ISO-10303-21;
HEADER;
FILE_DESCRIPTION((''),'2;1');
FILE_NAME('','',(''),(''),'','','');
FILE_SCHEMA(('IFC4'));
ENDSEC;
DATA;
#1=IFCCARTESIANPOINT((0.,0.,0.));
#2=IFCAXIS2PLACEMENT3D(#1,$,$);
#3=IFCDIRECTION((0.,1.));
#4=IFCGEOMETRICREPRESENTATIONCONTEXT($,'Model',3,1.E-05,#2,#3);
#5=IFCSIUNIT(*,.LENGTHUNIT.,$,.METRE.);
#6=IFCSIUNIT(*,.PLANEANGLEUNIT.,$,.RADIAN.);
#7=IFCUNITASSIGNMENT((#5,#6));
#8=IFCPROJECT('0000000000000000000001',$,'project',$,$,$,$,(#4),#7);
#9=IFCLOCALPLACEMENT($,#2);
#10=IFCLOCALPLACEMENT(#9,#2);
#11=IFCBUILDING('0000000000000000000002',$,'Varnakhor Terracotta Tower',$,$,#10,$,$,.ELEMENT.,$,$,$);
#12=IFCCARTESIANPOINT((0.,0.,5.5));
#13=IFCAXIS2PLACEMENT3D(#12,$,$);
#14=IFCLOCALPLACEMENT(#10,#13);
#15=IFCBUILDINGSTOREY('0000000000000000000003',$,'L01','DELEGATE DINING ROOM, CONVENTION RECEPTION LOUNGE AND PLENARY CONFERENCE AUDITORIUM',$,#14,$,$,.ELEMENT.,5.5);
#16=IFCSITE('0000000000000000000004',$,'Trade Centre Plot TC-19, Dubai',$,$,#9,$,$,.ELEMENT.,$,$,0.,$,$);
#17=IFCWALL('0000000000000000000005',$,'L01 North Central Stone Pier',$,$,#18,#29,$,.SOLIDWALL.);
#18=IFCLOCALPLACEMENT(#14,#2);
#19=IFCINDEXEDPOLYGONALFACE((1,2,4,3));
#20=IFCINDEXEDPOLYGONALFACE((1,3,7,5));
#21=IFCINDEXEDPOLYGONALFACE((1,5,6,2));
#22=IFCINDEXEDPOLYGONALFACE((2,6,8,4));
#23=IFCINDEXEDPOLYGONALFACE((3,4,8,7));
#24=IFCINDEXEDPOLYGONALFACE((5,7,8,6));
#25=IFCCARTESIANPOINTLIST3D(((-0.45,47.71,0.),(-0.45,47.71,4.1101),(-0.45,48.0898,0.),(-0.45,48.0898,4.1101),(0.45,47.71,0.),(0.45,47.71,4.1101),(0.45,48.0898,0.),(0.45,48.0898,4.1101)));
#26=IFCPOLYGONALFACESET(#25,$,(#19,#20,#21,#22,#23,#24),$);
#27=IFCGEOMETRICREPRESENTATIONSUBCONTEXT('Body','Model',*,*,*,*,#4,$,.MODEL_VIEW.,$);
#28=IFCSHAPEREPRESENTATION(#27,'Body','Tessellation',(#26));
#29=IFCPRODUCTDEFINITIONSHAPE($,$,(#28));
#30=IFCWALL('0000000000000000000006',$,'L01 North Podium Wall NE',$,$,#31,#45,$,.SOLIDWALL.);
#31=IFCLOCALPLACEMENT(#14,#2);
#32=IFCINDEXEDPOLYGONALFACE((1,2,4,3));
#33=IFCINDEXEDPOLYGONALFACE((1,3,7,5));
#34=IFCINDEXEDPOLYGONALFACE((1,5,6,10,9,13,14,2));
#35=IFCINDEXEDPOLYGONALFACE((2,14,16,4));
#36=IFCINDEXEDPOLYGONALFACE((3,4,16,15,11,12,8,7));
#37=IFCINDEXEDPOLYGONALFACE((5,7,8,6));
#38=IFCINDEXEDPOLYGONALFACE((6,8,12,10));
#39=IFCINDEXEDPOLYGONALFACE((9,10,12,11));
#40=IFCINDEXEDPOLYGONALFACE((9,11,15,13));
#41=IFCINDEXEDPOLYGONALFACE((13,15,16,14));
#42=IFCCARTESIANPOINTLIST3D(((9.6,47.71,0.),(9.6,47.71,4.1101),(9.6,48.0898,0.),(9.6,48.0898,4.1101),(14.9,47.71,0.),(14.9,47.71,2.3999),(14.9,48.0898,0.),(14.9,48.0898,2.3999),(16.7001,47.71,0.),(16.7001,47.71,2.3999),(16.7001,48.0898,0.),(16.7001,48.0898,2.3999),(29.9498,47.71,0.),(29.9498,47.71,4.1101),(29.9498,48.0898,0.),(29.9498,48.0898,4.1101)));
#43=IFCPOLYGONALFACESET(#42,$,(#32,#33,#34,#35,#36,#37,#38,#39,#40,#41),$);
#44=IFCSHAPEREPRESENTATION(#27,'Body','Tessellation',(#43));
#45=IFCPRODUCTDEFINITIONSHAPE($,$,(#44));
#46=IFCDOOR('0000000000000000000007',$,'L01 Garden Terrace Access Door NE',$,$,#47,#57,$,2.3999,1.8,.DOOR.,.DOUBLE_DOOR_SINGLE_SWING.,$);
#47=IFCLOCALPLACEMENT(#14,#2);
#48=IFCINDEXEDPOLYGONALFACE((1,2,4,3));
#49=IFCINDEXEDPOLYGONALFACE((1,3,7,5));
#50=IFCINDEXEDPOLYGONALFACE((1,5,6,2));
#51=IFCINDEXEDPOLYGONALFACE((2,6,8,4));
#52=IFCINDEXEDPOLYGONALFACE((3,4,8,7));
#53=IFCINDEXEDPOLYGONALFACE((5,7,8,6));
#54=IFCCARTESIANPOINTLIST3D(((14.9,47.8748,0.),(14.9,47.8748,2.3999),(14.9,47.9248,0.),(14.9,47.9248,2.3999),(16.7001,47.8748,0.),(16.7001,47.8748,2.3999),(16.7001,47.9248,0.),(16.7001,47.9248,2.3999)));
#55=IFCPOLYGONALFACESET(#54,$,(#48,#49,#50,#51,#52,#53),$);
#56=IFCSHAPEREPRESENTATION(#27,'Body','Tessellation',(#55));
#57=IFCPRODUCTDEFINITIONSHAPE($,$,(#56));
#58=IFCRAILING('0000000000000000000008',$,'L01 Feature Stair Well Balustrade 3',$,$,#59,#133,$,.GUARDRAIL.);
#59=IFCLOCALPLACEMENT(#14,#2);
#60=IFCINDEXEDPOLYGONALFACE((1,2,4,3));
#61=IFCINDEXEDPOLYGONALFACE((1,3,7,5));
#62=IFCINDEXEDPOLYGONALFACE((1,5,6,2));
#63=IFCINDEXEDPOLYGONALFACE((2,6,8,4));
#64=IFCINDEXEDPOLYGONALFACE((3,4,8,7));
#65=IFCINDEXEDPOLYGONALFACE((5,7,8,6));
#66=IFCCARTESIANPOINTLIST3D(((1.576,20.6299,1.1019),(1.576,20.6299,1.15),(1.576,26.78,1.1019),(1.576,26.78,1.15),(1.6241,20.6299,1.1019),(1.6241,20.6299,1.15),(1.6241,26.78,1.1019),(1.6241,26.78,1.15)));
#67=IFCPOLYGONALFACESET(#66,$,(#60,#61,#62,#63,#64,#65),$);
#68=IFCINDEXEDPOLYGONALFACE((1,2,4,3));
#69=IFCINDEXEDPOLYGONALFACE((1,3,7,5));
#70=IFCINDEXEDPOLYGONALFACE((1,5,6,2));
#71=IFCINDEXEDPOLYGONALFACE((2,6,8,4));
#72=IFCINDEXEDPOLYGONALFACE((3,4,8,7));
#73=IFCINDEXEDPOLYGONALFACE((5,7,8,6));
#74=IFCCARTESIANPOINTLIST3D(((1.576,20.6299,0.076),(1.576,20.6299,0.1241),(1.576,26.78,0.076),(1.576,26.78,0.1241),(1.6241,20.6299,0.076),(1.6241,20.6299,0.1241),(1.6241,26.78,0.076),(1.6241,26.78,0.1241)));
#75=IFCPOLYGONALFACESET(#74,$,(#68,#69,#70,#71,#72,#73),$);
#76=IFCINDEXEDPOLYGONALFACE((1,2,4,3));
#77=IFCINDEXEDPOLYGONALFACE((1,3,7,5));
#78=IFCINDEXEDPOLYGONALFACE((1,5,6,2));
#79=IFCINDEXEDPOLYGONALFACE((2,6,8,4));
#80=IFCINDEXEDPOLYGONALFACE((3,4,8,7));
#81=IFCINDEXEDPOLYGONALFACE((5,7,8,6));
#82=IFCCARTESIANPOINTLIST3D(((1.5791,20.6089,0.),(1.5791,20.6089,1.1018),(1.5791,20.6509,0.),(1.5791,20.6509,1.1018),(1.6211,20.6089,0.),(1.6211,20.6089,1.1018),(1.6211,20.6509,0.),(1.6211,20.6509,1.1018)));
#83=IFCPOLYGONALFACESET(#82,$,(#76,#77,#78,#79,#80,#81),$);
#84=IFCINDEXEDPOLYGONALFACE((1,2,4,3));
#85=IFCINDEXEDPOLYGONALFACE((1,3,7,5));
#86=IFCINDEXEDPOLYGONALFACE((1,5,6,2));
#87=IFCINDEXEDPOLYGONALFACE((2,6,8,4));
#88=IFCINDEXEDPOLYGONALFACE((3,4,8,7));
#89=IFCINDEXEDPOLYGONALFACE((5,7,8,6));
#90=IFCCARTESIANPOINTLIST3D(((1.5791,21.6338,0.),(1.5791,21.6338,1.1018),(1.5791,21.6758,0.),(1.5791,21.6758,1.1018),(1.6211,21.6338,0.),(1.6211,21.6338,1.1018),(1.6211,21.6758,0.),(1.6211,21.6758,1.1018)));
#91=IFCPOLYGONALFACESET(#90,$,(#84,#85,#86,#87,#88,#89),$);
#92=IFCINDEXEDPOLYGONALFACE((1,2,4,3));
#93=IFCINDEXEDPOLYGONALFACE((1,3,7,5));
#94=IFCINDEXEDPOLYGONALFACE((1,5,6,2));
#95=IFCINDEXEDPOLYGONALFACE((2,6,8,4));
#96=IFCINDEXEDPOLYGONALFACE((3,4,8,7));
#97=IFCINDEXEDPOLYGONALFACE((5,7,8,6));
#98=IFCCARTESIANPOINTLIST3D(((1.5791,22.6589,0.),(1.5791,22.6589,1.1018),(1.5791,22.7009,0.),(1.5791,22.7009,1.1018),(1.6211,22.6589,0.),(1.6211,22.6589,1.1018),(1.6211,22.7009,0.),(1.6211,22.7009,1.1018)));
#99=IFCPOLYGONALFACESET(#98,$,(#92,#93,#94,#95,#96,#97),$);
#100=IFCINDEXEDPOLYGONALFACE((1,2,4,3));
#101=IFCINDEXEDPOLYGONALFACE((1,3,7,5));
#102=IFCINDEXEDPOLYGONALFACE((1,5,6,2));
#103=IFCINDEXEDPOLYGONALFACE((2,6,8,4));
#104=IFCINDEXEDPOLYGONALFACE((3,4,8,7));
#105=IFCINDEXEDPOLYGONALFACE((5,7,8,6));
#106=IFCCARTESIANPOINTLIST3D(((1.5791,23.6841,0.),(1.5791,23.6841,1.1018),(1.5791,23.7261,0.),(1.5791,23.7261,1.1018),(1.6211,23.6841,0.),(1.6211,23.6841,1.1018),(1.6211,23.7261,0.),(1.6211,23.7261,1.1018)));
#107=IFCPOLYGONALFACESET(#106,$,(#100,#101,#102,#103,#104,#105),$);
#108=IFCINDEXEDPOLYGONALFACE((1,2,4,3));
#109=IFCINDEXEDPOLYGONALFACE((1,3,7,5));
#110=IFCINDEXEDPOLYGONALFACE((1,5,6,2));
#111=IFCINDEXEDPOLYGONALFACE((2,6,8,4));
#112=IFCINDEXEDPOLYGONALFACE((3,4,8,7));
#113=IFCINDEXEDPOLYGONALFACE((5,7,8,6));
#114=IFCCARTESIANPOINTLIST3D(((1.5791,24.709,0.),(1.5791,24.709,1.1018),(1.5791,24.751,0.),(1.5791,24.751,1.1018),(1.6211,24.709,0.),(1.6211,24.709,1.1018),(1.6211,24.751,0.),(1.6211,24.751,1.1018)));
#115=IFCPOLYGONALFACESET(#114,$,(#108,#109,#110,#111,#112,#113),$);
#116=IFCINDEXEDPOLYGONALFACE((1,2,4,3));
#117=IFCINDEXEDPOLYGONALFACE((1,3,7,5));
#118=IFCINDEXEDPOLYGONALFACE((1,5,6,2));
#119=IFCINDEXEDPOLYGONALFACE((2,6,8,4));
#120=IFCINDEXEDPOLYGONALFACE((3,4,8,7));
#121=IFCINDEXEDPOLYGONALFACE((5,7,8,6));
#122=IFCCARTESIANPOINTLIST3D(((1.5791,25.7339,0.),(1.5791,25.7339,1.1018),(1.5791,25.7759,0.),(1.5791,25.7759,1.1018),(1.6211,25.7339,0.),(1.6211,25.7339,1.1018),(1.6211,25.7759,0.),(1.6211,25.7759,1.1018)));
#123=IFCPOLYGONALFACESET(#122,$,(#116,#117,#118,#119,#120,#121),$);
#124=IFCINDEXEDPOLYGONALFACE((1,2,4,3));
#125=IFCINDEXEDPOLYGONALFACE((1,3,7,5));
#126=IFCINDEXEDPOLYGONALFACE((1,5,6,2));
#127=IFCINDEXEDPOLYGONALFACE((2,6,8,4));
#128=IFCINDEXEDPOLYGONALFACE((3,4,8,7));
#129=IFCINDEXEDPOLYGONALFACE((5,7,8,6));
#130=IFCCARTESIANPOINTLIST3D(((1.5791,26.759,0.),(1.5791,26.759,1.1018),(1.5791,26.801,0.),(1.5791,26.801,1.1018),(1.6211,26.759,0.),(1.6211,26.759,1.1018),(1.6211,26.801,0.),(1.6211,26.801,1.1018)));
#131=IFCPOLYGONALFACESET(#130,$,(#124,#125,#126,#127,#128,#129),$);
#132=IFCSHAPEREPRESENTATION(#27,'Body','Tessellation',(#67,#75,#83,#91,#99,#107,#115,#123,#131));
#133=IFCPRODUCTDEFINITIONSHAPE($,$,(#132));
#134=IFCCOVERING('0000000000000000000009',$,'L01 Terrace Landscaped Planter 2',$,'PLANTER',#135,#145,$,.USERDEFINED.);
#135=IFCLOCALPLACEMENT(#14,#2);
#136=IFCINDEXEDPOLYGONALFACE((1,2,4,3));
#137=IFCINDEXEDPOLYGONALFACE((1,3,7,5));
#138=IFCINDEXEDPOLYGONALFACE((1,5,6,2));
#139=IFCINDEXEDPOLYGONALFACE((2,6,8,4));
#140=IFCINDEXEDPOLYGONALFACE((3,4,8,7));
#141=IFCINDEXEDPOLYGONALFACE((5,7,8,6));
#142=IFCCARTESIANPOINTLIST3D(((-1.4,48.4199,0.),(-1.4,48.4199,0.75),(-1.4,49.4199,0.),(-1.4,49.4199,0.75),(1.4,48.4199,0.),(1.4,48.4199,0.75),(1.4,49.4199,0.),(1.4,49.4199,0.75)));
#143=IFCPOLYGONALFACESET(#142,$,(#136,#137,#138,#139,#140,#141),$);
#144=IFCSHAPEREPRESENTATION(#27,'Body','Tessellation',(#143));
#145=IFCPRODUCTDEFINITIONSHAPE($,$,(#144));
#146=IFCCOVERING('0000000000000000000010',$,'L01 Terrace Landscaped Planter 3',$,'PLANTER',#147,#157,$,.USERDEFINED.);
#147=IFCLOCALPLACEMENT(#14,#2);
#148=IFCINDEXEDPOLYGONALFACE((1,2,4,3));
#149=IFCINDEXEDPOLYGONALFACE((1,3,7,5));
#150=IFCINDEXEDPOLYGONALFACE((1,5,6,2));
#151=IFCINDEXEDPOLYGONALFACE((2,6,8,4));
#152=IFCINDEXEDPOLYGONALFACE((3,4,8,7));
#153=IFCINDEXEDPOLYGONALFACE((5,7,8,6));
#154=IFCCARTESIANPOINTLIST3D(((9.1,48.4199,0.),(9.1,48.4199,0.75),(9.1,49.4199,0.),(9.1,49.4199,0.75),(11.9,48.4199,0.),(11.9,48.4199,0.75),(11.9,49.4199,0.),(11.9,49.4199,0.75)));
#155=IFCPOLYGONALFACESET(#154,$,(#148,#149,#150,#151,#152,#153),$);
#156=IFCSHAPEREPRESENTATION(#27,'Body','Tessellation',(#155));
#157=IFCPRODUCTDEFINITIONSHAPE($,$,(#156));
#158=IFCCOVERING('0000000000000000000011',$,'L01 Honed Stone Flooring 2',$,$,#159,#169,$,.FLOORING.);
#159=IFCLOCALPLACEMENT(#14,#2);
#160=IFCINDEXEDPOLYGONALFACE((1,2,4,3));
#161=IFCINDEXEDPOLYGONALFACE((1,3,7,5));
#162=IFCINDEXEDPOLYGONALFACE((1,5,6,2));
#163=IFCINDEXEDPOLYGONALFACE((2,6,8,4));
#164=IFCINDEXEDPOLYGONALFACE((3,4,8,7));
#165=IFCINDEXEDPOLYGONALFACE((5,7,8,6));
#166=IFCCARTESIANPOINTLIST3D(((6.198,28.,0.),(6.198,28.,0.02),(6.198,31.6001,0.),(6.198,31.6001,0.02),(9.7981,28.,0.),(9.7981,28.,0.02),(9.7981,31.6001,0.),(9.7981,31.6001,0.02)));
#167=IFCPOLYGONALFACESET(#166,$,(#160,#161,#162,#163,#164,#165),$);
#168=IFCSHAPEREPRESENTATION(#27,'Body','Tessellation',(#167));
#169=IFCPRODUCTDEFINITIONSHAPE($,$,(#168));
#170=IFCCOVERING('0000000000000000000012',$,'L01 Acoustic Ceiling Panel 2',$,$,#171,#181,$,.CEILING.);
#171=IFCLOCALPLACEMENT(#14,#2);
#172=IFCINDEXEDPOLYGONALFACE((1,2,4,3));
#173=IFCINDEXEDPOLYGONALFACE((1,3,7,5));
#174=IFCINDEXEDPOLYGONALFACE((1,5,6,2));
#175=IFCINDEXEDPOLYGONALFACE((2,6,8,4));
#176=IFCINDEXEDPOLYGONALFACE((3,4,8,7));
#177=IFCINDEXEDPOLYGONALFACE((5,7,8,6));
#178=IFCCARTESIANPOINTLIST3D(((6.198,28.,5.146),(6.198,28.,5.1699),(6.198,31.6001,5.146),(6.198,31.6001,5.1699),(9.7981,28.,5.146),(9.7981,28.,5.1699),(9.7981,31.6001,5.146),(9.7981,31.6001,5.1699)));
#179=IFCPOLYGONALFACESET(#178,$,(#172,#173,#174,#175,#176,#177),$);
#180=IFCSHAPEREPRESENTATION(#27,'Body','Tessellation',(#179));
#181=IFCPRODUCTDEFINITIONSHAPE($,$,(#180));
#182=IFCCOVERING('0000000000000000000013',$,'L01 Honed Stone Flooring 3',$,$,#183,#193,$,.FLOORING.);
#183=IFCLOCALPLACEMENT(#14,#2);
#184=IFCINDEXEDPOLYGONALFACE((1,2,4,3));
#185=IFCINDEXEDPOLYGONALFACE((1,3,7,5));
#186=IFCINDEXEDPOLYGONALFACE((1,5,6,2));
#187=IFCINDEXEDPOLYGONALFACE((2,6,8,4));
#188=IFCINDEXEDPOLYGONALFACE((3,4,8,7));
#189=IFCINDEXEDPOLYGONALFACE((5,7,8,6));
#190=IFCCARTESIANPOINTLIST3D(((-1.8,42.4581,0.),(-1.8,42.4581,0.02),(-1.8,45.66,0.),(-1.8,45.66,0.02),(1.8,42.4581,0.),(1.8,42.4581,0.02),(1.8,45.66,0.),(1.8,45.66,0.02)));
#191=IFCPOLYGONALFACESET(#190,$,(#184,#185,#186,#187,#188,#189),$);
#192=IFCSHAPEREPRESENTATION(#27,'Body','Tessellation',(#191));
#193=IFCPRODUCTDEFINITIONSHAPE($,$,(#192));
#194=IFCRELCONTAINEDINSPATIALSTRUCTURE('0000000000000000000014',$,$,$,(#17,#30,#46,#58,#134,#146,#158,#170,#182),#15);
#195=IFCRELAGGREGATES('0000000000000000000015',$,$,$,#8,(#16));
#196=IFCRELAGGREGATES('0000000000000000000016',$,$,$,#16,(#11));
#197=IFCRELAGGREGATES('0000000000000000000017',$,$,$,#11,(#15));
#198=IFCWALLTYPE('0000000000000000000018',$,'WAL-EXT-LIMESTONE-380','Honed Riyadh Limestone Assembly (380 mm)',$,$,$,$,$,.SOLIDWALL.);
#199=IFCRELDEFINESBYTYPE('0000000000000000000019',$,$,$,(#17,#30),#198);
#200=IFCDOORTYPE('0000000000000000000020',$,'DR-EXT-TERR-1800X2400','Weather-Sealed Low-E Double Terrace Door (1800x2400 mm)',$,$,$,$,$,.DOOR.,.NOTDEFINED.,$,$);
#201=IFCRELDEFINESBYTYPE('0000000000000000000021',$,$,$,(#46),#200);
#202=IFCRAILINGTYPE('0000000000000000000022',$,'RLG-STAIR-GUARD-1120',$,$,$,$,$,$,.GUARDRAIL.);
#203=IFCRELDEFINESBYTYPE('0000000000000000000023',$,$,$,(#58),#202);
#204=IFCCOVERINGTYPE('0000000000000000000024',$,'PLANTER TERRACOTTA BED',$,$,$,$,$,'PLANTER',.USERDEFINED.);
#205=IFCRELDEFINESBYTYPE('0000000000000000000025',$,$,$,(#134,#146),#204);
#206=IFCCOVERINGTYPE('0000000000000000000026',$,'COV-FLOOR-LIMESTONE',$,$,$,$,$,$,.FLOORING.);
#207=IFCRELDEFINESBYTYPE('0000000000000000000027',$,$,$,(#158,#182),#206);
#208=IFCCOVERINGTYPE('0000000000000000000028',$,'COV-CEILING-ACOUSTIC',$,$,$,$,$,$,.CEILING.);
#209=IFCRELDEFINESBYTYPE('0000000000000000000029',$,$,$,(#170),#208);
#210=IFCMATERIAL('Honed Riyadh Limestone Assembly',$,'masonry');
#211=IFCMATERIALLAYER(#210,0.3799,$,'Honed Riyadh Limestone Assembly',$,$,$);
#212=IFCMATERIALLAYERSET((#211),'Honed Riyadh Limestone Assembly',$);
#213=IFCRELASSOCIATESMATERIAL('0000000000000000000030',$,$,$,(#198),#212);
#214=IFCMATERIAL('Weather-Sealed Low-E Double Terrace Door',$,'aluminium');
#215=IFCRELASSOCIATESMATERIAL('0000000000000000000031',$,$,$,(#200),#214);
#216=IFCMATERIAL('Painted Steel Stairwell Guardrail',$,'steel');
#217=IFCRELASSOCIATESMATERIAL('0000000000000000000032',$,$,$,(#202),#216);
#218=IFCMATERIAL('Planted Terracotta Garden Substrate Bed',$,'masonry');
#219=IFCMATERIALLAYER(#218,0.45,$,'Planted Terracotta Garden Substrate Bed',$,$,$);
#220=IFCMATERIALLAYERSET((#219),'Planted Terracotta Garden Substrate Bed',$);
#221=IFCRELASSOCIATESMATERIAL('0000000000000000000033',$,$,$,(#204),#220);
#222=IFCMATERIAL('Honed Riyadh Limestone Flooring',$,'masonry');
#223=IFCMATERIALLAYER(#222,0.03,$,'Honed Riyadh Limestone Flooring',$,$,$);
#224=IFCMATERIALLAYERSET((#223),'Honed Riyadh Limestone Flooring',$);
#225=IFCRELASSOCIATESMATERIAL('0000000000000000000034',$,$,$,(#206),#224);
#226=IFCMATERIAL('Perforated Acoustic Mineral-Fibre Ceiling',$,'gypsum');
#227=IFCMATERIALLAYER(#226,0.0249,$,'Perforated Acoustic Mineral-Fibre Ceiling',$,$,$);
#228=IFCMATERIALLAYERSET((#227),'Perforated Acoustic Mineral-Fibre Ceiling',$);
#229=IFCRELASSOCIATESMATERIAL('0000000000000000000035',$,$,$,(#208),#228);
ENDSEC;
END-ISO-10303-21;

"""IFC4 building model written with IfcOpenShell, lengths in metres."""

from ifc_helpers import new_model, si_unit, direction, frame, frame_2d, origin, origin_2d, place, context, subcontext, project, spatial, rectangle, extrude, source, transform, mapped, material, layer, layer_set, type_object, type_shapes, element, fill, save


model = new_model("IFC4")

# Units and contexts
model_context = context("Model", 3, precision=1e-05, world=origin(), true_north=direction((0.0, 1.0)))
body_context = subcontext(model_context, "Body", "Model", "MODEL_VIEW")
ifc_project = project(units=[si_unit("LENGTHUNIT", "METRE"), si_unit("PLANEANGLEUNIT", "RADIAN")], contexts=[model_context])

# Site, building, storey
site_placement = place(None, origin())
site = spatial("IfcSite", under=ifc_project, at=site_placement, Name="Trade Centre Plot TC-19, Dubai", CompositionType="ELEMENT", RefElevation=0.0)
building_placement = place(site_placement, origin())
building = spatial("IfcBuilding", under=site, at=building_placement, Name="Varnakhor Terracotta Tower", CompositionType="ELEMENT")
storey_placement = place(building_placement, frame((0.0, 0.0, 5.5)))
storey = spatial("IfcBuildingStorey", under=building, at=storey_placement, Name="L01", Description="DELEGATE DINING ROOM, CONVENTION RECEPTION LOUNGE AND PLENARY CONFERENCE AUDITORIUM", CompositionType="ELEMENT", Elevation=5.5)

# Wall
ifc_material_1 = material(Name="Honed Riyadh Limestone Assembly", Category="masonry")
ifc_layer_1 = layer(ifc_material_1, 0.3799, Name="Honed Riyadh Limestone Assembly")
ifc_layer_set_1 = layer_set([ifc_layer_1], Name="Honed Riyadh Limestone Assembly")
wall_type_1 = type_object("IfcWallType", Name="WAL-EXT-LIMESTONE-380", Description="Honed Riyadh Limestone Assembly (380 mm)", PredefinedType="SOLIDWALL", material=ifc_layer_set_1)
wall_1_placement = place(storey_placement, frame((-0.45, 47.8999, 0.0), z_axis=(0.0, 0.0, 1.0), x_axis=(1.0, 0.0, 0.0)))
element("IfcWall", 1, at=wall_1_placement, inside=storey, type_object=wall_type_1, Name="L01 North Central Stone Pier", PredefinedType="SOLIDWALL", context=body_context, shape_type="SweptSolid", body=[
    extrude(rectangle(XDim=0.8999, YDim=0.3799, at=frame_2d((0.45, 0.0))), origin(), (0.0, 0.0, 1.0), 4.1101),
])

# Wall, opening, door
wall_2_placement = place(storey_placement, frame((9.6001, 47.8999, 0.0), z_axis=(0.0, 0.0, 1.0), x_axis=(1.0, 0.0, 0.0)))
wall_2 = element("IfcWall", 2, at=wall_2_placement, inside=storey, type_object=wall_type_1, Name="L01 North Podium Wall NE", PredefinedType="SOLIDWALL", context=body_context, shape_type="SweptSolid", body=[
    extrude(rectangle(XDim=20.3499, YDim=0.3799, at=frame_2d((10.1748, 0.0))), origin(), (0.0, 0.0, 1.0), 4.1101),
])
opening_1_placement = place(wall_2_placement, frame((5.3, 0.0, 0.0)))
opening_1 = element("IfcOpeningElement", 3, at=opening_1_placement, cuts=wall_2, PredefinedType="OPENING", context=body_context, shape_type="SweptSolid", body=[
    extrude(rectangle(XDim=1.8, YDim=2.3999, at=frame_2d((0.8999, 1.2))), frame((0.0, 0.2, 0.0), z_axis=(0.0, -1.0, 0.0), x_axis=(1.0, 0.0, 0.0)), (0.0, 0.0, 1.0), 0.3999),
])
ifc_material_2 = material(Name="Weather-Sealed Low-E Double Terrace Door", Category="aluminium")
door_type_1 = type_object("IfcDoorType", Name="DR-EXT-TERR-1800X2400", Description="Weather-Sealed Low-E Double Terrace Door (1800x2400 mm)", OperationType="NOTDEFINED", PredefinedType="DOOR", material=ifc_material_2)
shared_shape_1 = source(origin(), body_context, "Body", "SweptSolid", [
    extrude(rectangle(XDim=1.8, YDim=2.3999, at=frame_2d((0.8999, 1.2))), frame((0.0, 0.0249, 0.0), z_axis=(0.0, -1.0, 0.0), x_axis=(1.0, 0.0, 0.0)), (0.0, 0.0, 1.0), 0.05),
])
type_shapes(door_type_1, [shared_shape_1])
door_1_placement = place(opening_1_placement, origin())
door_1 = element("IfcDoor", 4, at=door_1_placement, inside=storey, type_object=door_type_1, Name="L01 Garden Terrace Access Door NE", OperationType="DOUBLE_DOOR_SINGLE_SWING", OverallHeight=2.3999, OverallWidth=1.8, PredefinedType="DOOR", context=body_context, shape_type="MappedRepresentation", body=[
    mapped(shared_shape_1, transform((0.0, 0.0, 0.0), scale=1.0)),
])
fill(opening_1, door_1)

# Railing
ifc_material_3 = material(Name="Painted Steel Stairwell Guardrail", Category="steel")
railing_type = type_object("IfcRailingType", Name="RLG-STAIR-GUARD-1120", PredefinedType="GUARDRAIL", material=ifc_material_3)
railing_placement = place(storey_placement, frame((1.6001, 20.6299, 0.0)))
element("IfcRailing", 5, at=railing_placement, inside=storey, type_object=railing_type, Name="L01 Feature Stair Well Balustrade 3", PredefinedType="GUARDRAIL", context=body_context, shape_type="SweptSolid", body=[
    extrude(rectangle(XDim=0.0481, YDim=0.0481, at=origin_2d()), frame((0.0, 0.0, 1.126), z_axis=(0.0, 1.0, 0.0), x_axis=(-1.0, 0.0, 0.0)), (0.0, 0.0, 1.0), 6.1501),
    extrude(rectangle(XDim=0.0481, YDim=0.0481, at=origin_2d()), frame((0.0, 0.0, 0.1001), z_axis=(0.0, 1.0, 0.0), x_axis=(-1.0, 0.0, 0.0)), (0.0, 0.0, 1.0), 6.1501),
    extrude(rectangle(XDim=0.042, YDim=0.042, at=origin_2d()), origin(), (0.0, 0.0, 1.0), 1.1018),
    extrude(rectangle(XDim=0.042, YDim=0.042, at=origin_2d()), frame((0.0, 1.0249, 0.0)), (0.0, 0.0, 1.0), 1.1018),
    extrude(rectangle(XDim=0.042, YDim=0.042, at=origin_2d()), frame((0.0, 2.05, 0.0)), (0.0, 0.0, 1.0), 1.1018),
    extrude(rectangle(XDim=0.042, YDim=0.042, at=origin_2d()), frame((0.0, 3.0752, 0.0)), (0.0, 0.0, 1.0), 1.1018),
    extrude(rectangle(XDim=0.042, YDim=0.042, at=origin_2d()), frame((0.0, 4.1001, 0.0)), (0.0, 0.0, 1.0), 1.1018),
    extrude(rectangle(XDim=0.042, YDim=0.042, at=origin_2d()), frame((0.0, 5.125, 0.0)), (0.0, 0.0, 1.0), 1.1018),
    extrude(rectangle(XDim=0.042, YDim=0.042, at=origin_2d()), frame((0.0, 6.1501, 0.0)), (0.0, 0.0, 1.0), 1.1018),
])

# Coverings
ifc_material_4 = material(Name="Planted Terracotta Garden Substrate Bed", Category="masonry")
ifc_layer_2 = layer(ifc_material_4, 0.45, Name="Planted Terracotta Garden Substrate Bed")
ifc_layer_set_2 = layer_set([ifc_layer_2], Name="Planted Terracotta Garden Substrate Bed")
covering_type_1 = type_object("IfcCoveringType", Name="PLANTER TERRACOTTA BED", ElementType="PLANTER", PredefinedType="USERDEFINED", material=ifc_layer_set_2)
shared_shape_2 = source(origin(), body_context, "Body", "SweptSolid", [
    extrude(rectangle(XDim=2.8, YDim=1.0, at=origin_2d()), origin(), (0.0, 0.0, 1.0), 0.75),
])
type_shapes(covering_type_1, [shared_shape_2])
for number, where, z_axis, x_axis, name in (
    (6, (0.0, 48.9199, 0.0), (0.0, 0.0, 1.0), (1.0, 0.0, 0.0), "L01 Terrace Landscaped Planter 2"),
    (7, (10.5, 48.9199, 0.0), (0.0, 0.0, 1.0), (1.0, 0.0, 0.0), "L01 Terrace Landscaped Planter 3"),
):
    element("IfcCovering", number, at=place(storey_placement, frame(where, z_axis=z_axis, x_axis=x_axis)), inside=storey, type_object=covering_type_1, Name=name, ObjectType="PLANTER", PredefinedType="USERDEFINED", context=body_context, shape_type="MappedRepresentation", body=[
        mapped(shared_shape_2, transform((0.0, 0.0, 0.0), scale=1.0)),
    ])
ifc_material_5 = material(Name="Honed Riyadh Limestone Flooring", Category="masonry")
ifc_layer_3 = layer(ifc_material_5, 0.03, Name="Honed Riyadh Limestone Flooring")
ifc_layer_set_3 = layer_set([ifc_layer_3], Name="Honed Riyadh Limestone Flooring")
covering_type_2 = type_object("IfcCoveringType", Name="COV-FLOOR-LIMESTONE", PredefinedType="FLOORING", material=ifc_layer_set_3)
shared_shape_3 = source(origin(), body_context, "Body", "SweptSolid", [
    extrude(rectangle(XDim=3.6001, YDim=3.6001, at=origin_2d()), origin(), (0.0, 0.0, 1.0), 0.02),
])
covering_1_placement = place(storey_placement, frame((7.998, 29.8, 0.0), z_axis=(0.0, 0.0, 1.0), x_axis=(1.0, 0.0, 0.0)))
element("IfcCovering", 8, at=covering_1_placement, inside=storey, type_object=covering_type_2, Name="L01 Honed Stone Flooring 2", PredefinedType="FLOORING", context=body_context, shape_type="MappedRepresentation", body=[
    mapped(shared_shape_3, transform((0.0, 0.0, 0.0), scale=1.0)),
])
ifc_material_6 = material(Name="Perforated Acoustic Mineral-Fibre Ceiling", Category="gypsum")
ifc_layer_4 = layer(ifc_material_6, 0.0249, Name="Perforated Acoustic Mineral-Fibre Ceiling")
ifc_layer_set_4 = layer_set([ifc_layer_4], Name="Perforated Acoustic Mineral-Fibre Ceiling")
covering_type_3 = type_object("IfcCoveringType", Name="COV-CEILING-ACOUSTIC", PredefinedType="CEILING", material=ifc_layer_set_4)
shared_shape_4 = source(origin(), body_context, "Body", "SweptSolid", [
    extrude(rectangle(XDim=3.6001, YDim=3.6001, at=origin_2d()), origin(), (0.0, 0.0, 1.0), 0.0239),
])
covering_2_placement = place(storey_placement, frame((7.998, 29.8, 5.146), z_axis=(0.0, 0.0, 1.0), x_axis=(1.0, 0.0, 0.0)))
element("IfcCovering", 9, at=covering_2_placement, inside=storey, type_object=covering_type_3, Name="L01 Acoustic Ceiling Panel 2", PredefinedType="CEILING", context=body_context, shape_type="MappedRepresentation", body=[
    mapped(shared_shape_4, transform((0.0, 0.0, 0.0), scale=1.0)),
])
shared_shape_5 = source(origin(), body_context, "Body", "SweptSolid", [
    extrude(rectangle(XDim=3.6001, YDim=3.2019, at=origin_2d()), origin(), (0.0, 0.0, 1.0), 0.02),
])
covering_3_placement = place(storey_placement, frame((0.0, 44.0591, 0.0), z_axis=(0.0, 0.0, 1.0), x_axis=(1.0, 0.0, 0.0)))
element("IfcCovering", 10, at=covering_3_placement, inside=storey, type_object=covering_type_2, Name="L01 Honed Stone Flooring 3", PredefinedType="FLOORING", context=body_context, shape_type="MappedRepresentation", body=[
    mapped(shared_shape_5, transform((0.0, 0.0, 0.0), scale=1.0)),
])

save(model, "model.ifc")
